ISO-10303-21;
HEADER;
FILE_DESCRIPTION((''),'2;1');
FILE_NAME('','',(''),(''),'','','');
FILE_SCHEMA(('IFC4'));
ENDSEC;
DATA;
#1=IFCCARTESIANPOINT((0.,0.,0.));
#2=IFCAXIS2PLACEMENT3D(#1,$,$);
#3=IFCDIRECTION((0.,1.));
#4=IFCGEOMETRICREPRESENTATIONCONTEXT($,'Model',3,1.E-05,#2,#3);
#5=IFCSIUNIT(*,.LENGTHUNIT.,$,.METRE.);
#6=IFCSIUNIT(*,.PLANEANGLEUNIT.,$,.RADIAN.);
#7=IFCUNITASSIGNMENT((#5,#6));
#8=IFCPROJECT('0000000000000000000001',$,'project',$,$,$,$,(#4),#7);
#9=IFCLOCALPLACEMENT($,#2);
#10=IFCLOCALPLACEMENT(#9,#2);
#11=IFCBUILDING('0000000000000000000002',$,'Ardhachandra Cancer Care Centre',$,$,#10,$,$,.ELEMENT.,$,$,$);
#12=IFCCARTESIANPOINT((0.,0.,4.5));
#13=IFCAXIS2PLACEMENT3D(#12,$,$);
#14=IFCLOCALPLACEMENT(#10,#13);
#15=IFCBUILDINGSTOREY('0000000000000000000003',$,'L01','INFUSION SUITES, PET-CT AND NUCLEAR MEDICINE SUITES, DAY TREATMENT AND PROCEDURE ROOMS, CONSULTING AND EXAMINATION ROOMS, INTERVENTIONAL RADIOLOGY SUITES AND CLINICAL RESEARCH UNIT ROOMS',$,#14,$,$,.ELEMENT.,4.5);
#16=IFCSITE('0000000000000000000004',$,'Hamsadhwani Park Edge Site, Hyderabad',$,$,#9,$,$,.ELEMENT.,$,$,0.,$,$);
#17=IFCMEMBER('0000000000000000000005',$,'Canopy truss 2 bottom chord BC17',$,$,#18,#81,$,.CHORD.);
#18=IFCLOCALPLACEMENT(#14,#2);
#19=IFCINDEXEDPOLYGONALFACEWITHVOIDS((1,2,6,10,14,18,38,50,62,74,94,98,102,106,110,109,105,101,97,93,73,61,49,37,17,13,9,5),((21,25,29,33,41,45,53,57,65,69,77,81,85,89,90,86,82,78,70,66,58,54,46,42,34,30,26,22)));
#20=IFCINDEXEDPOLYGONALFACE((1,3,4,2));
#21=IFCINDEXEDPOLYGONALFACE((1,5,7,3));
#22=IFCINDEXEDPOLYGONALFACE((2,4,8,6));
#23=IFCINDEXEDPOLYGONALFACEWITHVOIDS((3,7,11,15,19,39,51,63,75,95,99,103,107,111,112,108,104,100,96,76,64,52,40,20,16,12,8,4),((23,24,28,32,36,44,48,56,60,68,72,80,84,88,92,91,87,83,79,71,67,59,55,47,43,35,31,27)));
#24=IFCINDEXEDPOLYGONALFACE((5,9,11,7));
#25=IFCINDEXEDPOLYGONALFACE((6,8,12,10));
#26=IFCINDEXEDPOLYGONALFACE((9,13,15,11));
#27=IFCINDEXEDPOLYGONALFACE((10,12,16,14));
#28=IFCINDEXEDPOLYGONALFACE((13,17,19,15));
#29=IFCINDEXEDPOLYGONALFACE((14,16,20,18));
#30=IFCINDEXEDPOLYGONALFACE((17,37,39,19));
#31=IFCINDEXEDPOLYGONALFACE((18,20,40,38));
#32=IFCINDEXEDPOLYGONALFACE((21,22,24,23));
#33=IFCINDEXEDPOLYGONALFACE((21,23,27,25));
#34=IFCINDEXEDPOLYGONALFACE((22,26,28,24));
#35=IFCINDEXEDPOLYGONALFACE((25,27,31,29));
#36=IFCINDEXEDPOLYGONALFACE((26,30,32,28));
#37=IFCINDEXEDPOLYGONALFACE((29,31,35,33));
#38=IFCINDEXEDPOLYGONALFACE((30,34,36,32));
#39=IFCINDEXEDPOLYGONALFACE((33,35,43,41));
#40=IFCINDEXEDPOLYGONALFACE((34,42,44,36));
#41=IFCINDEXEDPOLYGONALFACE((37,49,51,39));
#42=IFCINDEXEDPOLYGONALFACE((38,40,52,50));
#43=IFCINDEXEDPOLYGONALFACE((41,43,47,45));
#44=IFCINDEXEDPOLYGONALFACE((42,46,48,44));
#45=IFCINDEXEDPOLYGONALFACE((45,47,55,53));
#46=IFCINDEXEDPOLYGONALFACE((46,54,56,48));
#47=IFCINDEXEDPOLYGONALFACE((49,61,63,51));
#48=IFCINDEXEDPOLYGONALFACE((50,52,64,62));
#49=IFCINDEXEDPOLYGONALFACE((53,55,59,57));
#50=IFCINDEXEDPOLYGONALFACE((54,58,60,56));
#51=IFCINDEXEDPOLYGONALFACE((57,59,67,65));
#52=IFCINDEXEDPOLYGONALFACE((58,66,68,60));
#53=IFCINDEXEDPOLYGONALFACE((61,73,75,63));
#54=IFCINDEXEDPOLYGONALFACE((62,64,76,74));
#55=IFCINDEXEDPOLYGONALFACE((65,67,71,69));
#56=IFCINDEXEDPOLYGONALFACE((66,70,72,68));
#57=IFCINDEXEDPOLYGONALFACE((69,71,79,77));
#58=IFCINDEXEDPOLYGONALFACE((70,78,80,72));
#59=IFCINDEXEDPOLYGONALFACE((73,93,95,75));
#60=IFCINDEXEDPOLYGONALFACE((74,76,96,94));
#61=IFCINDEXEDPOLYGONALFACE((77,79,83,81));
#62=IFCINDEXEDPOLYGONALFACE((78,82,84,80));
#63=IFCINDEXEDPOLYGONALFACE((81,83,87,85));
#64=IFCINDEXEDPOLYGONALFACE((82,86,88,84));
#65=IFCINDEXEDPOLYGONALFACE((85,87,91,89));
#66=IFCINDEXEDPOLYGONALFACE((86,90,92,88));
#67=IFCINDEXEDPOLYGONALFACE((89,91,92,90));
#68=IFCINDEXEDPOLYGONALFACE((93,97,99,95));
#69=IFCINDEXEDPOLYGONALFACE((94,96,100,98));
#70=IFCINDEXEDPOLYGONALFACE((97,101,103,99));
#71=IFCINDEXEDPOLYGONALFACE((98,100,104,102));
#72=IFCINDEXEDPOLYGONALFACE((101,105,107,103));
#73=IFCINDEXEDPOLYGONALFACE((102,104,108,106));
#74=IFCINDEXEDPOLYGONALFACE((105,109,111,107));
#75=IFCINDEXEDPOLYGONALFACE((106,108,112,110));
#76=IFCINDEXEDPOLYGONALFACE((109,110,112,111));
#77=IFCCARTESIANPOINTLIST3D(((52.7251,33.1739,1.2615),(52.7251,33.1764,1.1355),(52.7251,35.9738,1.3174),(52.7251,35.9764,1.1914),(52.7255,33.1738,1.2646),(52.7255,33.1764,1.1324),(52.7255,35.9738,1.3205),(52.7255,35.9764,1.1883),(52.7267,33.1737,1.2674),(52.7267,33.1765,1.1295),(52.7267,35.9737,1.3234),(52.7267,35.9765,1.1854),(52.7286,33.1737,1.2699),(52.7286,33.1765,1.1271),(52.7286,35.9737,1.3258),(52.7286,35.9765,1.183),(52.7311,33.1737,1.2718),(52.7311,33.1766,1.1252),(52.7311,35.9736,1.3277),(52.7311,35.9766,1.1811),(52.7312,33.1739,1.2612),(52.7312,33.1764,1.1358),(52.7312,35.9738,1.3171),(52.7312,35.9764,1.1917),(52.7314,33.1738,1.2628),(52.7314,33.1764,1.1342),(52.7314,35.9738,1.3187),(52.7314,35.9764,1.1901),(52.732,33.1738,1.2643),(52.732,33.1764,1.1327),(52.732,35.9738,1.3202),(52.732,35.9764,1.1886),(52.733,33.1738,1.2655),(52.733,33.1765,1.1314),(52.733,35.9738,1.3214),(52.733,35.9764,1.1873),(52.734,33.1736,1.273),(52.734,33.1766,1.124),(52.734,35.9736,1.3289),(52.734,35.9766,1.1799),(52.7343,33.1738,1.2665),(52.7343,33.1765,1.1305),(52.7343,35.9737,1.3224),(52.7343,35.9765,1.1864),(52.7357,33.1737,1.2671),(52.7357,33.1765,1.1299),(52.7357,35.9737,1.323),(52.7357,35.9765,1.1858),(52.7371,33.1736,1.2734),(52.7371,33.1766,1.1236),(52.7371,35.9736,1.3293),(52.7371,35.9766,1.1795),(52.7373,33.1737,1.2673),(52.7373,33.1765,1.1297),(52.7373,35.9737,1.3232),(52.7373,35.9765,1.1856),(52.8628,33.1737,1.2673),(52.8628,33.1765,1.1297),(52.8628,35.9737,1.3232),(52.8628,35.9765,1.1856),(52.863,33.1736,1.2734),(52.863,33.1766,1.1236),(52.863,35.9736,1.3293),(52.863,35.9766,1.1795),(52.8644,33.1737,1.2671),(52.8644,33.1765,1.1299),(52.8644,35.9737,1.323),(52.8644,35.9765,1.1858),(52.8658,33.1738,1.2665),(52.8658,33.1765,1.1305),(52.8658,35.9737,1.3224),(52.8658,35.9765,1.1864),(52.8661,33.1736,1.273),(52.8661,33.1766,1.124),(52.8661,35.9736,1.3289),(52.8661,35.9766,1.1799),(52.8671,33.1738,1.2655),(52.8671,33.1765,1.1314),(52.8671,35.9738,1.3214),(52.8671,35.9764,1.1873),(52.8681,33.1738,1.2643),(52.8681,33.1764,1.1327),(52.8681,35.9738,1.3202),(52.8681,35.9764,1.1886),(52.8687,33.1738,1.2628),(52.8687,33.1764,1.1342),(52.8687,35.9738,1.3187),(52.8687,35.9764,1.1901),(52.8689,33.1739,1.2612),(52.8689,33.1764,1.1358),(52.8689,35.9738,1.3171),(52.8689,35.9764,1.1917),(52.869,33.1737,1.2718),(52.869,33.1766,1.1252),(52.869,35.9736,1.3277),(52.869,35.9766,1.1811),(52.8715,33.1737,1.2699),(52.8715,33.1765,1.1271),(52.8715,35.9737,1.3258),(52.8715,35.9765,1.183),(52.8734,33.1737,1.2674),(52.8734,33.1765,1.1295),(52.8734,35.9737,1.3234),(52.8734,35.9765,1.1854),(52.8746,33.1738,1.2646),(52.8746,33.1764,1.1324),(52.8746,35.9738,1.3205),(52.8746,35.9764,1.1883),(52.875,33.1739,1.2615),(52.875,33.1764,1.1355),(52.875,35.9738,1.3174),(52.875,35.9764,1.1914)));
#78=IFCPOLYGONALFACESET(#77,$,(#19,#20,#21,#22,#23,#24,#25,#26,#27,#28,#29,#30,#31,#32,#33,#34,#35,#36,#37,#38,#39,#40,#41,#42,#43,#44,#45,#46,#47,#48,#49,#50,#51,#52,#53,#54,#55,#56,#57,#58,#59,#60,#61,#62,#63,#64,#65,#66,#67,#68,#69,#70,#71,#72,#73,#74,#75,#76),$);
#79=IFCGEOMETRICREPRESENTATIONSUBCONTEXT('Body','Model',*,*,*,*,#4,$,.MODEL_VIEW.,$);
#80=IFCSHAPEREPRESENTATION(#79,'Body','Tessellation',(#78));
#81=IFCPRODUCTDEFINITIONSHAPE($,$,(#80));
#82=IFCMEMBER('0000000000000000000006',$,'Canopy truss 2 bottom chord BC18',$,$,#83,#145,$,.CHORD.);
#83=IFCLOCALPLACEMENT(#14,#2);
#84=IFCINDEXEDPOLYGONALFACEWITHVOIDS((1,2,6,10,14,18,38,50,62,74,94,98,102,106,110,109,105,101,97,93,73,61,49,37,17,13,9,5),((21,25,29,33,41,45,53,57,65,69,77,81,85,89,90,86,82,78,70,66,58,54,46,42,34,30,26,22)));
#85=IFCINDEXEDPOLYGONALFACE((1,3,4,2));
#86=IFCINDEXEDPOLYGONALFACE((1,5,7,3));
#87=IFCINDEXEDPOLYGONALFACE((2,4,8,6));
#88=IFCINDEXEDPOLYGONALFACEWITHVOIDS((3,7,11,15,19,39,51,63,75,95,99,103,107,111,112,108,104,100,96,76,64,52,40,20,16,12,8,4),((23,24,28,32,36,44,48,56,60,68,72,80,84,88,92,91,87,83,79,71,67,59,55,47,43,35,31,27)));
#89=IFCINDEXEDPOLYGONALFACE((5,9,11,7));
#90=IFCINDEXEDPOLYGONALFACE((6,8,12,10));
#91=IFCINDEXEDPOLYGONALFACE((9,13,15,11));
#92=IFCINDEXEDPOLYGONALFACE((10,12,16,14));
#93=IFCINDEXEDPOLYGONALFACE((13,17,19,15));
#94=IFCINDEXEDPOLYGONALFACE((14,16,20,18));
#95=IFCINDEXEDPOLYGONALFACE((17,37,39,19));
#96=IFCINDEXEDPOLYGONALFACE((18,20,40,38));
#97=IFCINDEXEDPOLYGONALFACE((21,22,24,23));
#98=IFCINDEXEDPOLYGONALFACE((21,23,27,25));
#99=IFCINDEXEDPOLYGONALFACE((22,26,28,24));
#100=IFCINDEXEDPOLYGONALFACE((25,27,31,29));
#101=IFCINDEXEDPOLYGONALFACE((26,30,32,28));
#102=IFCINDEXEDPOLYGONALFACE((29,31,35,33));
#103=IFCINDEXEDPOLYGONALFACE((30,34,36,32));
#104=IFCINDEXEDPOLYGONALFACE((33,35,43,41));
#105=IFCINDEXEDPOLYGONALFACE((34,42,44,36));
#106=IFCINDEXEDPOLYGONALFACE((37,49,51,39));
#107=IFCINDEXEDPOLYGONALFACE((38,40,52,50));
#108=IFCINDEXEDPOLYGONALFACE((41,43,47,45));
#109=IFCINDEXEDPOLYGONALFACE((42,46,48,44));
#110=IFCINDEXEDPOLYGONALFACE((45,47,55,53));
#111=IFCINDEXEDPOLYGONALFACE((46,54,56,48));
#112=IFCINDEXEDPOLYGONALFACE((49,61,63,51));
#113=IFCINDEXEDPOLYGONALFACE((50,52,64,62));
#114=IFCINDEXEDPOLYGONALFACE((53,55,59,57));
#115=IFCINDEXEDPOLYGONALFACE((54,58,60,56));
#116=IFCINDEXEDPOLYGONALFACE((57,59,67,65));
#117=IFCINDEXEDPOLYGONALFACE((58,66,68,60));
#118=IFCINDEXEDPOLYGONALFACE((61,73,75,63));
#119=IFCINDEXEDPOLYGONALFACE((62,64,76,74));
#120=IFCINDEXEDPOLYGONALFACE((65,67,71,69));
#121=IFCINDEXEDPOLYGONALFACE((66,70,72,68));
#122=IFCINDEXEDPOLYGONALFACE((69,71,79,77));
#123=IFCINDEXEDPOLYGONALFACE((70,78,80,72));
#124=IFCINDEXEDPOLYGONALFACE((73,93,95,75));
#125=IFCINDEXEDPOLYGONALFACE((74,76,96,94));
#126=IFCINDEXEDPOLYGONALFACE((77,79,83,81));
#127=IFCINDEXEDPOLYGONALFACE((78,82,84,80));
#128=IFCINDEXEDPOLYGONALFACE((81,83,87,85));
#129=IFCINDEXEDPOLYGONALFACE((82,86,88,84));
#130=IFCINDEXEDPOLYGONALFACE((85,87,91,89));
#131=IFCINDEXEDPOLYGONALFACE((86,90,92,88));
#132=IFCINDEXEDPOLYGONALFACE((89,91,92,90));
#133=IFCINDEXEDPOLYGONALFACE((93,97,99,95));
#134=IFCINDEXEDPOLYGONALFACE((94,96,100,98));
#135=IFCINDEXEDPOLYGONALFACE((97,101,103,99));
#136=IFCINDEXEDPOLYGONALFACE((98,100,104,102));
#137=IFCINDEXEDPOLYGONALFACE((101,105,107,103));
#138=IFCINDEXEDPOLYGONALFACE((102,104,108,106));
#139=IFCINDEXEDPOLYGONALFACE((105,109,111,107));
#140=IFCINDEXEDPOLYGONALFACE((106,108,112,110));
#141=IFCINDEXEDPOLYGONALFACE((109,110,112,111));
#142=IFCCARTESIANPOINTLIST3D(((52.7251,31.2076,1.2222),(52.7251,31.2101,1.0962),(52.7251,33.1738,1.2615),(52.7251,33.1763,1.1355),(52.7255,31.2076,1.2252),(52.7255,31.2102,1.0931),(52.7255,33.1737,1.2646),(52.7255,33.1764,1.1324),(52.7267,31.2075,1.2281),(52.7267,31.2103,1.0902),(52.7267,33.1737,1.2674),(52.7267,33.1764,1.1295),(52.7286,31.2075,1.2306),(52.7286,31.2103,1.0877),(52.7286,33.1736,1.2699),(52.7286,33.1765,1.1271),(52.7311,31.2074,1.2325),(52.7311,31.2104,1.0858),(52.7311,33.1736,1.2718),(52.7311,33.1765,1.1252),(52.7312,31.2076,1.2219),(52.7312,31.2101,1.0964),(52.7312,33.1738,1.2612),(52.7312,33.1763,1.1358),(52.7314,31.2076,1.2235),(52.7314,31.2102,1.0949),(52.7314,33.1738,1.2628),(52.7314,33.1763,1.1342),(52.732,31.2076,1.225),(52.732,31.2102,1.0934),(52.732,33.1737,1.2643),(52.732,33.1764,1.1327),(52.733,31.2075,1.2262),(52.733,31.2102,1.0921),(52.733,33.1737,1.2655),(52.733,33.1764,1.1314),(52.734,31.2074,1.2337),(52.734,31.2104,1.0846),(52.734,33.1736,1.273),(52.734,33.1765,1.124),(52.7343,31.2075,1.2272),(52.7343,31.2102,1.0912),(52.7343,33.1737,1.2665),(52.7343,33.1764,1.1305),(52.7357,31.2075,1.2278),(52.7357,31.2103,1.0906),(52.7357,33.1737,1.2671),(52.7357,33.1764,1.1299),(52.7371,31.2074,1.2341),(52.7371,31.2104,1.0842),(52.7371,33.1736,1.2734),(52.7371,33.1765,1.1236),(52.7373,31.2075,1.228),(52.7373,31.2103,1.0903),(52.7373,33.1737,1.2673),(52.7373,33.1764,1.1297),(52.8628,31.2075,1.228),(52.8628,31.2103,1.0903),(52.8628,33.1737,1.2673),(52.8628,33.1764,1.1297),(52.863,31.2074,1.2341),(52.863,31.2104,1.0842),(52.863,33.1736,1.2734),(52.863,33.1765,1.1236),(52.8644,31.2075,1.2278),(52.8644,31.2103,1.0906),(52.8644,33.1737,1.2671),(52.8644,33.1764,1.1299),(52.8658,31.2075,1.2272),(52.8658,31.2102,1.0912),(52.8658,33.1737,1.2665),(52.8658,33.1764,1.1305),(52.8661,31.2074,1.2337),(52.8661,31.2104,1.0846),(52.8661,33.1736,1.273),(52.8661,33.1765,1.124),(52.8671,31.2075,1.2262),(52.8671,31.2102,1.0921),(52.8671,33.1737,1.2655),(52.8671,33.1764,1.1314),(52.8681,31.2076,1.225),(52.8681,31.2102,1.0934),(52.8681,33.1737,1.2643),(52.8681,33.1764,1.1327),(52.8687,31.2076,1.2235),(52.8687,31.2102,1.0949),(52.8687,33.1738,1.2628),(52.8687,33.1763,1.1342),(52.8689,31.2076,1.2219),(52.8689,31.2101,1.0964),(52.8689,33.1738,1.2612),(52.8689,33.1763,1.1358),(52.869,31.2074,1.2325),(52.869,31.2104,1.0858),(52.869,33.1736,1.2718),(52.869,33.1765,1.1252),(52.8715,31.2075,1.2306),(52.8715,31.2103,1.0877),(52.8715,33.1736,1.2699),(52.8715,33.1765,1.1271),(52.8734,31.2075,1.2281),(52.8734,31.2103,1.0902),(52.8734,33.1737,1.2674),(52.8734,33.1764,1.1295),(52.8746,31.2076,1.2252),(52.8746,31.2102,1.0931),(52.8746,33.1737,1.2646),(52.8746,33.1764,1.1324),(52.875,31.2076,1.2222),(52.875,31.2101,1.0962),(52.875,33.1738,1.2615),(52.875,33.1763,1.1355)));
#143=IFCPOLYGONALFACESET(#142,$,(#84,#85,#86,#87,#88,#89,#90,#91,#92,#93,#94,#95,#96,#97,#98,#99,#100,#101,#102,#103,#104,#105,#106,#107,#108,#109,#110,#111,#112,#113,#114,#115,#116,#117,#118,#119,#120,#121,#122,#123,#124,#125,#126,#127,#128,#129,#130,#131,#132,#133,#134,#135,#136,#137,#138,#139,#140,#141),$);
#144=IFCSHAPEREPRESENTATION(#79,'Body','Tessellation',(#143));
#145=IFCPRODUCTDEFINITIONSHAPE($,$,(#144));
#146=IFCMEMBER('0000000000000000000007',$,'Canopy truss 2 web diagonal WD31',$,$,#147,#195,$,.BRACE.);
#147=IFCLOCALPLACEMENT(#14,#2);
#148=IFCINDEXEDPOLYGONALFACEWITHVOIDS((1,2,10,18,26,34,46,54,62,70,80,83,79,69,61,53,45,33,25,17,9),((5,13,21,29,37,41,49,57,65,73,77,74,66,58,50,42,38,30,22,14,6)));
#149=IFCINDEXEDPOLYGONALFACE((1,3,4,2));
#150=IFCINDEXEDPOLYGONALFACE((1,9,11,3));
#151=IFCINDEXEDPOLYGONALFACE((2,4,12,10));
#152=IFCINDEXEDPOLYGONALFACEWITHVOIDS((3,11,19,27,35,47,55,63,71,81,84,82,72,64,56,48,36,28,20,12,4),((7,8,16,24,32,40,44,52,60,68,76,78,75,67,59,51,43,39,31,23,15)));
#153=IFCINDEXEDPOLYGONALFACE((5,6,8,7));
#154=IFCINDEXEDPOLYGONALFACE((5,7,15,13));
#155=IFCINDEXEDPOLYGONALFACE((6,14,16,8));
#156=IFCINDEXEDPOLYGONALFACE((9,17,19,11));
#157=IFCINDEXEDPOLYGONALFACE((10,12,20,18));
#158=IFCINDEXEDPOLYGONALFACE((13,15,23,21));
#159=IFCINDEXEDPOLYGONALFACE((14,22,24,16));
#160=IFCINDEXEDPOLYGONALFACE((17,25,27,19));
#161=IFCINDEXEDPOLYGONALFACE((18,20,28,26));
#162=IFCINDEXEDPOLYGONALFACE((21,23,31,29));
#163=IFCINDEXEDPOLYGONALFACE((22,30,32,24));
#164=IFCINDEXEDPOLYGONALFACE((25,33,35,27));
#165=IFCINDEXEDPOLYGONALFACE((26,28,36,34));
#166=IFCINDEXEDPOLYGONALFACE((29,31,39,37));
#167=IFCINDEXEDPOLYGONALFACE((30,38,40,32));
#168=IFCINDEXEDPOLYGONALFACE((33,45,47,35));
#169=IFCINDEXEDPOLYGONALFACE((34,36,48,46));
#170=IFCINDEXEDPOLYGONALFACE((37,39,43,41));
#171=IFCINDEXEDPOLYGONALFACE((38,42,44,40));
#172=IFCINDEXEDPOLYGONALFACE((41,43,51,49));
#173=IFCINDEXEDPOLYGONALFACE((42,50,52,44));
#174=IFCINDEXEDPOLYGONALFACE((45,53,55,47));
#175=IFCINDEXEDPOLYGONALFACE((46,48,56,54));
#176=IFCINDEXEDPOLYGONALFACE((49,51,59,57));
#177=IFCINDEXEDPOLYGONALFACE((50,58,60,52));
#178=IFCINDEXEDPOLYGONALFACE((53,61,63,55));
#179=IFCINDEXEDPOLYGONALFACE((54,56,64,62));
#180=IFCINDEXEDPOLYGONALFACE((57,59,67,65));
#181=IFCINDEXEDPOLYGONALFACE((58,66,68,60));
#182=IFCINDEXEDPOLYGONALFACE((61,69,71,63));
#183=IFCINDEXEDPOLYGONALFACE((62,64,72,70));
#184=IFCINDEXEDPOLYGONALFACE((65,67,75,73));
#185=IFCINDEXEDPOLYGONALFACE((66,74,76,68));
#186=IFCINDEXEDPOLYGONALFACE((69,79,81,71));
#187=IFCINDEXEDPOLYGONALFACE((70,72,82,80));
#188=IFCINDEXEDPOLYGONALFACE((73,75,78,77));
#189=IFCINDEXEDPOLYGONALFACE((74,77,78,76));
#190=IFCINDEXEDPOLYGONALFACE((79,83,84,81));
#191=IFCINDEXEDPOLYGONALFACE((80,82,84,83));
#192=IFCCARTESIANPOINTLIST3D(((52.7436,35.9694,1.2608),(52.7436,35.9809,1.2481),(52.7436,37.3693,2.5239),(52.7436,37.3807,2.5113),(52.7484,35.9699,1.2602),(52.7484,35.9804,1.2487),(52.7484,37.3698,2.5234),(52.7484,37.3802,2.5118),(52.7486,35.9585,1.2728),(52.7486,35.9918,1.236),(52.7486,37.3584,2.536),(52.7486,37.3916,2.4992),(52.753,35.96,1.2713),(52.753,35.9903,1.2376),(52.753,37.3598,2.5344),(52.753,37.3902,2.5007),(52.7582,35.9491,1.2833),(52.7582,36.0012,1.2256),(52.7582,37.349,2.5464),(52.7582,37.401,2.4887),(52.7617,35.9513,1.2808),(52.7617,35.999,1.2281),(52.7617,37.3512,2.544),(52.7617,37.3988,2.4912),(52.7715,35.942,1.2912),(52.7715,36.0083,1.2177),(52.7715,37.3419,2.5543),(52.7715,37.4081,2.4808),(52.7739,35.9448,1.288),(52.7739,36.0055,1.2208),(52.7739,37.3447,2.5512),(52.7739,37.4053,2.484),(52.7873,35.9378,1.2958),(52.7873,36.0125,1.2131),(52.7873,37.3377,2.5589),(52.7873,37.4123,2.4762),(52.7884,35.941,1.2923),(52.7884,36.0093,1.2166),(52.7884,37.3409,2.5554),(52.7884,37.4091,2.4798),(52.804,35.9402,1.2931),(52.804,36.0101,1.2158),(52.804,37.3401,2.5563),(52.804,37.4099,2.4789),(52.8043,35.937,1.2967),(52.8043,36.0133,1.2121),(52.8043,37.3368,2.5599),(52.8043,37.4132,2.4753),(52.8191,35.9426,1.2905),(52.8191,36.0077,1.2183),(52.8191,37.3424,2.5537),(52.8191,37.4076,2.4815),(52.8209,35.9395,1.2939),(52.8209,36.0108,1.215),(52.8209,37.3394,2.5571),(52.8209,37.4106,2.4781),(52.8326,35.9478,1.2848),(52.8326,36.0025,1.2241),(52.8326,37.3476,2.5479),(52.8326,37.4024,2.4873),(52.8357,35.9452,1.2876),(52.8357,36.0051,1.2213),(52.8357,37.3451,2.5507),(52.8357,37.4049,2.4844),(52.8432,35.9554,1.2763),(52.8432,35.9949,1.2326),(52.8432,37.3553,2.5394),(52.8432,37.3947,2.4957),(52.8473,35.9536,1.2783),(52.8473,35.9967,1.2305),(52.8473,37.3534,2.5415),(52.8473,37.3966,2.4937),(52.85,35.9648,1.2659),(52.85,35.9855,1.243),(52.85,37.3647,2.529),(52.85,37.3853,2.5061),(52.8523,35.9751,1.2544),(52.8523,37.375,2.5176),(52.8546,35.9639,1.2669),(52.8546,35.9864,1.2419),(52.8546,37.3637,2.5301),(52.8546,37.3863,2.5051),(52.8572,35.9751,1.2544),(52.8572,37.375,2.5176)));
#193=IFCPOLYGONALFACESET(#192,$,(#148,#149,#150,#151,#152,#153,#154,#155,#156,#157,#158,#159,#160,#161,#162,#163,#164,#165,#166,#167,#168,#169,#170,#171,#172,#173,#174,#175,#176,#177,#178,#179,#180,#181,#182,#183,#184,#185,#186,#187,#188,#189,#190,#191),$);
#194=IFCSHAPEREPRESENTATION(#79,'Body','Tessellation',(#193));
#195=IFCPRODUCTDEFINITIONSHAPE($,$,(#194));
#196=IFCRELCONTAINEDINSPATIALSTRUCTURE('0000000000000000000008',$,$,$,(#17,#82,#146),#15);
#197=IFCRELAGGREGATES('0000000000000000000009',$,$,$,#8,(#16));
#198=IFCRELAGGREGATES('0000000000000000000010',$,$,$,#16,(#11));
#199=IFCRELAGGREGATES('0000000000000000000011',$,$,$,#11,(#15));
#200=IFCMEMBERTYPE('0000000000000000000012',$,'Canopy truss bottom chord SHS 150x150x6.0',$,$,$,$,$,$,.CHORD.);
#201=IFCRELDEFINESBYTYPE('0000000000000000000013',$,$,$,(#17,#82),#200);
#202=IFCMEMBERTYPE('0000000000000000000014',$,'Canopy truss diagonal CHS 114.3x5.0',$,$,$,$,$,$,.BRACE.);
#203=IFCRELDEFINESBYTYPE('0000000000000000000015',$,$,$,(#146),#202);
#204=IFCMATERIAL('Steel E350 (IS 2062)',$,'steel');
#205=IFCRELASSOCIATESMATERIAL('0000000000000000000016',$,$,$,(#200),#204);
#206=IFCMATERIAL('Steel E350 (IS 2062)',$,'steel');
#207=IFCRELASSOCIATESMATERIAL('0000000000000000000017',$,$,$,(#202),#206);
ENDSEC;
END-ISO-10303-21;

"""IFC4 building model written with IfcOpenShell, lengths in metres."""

from ifc_helpers import new_model, si_unit, direction, frame, origin, origin_2d, place, context, subcontext, project, spatial, hollow_rectangle, hollow_circle, extrude, material, material_profile, profile_set, type_object, element, save


model = new_model("IFC4")

# Units and contexts
model_context = context("Model", 3, precision=1e-05, world=origin(), true_north=direction((0.0, 1.0)))
body_context = subcontext(model_context, "Body", "Model", "MODEL_VIEW")
ifc_project = project(units=[si_unit("LENGTHUNIT", "METRE"), si_unit("PLANEANGLEUNIT", "RADIAN")], contexts=[model_context])

# Site, building, storey
site_placement = place(None, origin())
site = spatial("IfcSite", under=ifc_project, at=site_placement, Name="Hamsadhwani Park Edge Site, Hyderabad", CompositionType="ELEMENT", RefElevation=0.0)
building_placement = place(site_placement, origin())
building = spatial("IfcBuilding", under=site, at=building_placement, Name="Ardhachandra Cancer Care Centre", CompositionType="ELEMENT")
storey_placement = place(building_placement, frame((0.0, 0.0, 4.5)))
storey = spatial("IfcBuildingStorey", under=building, at=storey_placement, Name="L01", Description="INFUSION SUITES, PET-CT AND NUCLEAR MEDICINE SUITES, DAY TREATMENT AND PROCEDURE ROOMS, CONSULTING AND EXAMINATION ROOMS, INTERVENTIONAL RADIOLOGY SUITES AND CLINICAL RESEARCH UNIT ROOMS", CompositionType="ELEMENT", Elevation=4.5)

# Members
ifc_material_1 = material(Name="Steel E350 (IS 2062)", Category="steel")
ifc_material_profile_1 = material_profile(ifc_material_1, hollow_rectangle(XDim=0.1499, YDim=0.1499, WallThickness=0.0061, InnerFilletRadius=0.0061, OuterFilletRadius=0.012, at=origin_2d()), Name="SHS 150x150x6.0")
ifc_profile_set_1 = profile_set([ifc_material_profile_1], Name="Steel E350 (IS 2062)")
member_type_1 = type_object("IfcMemberType", Name="Canopy truss bottom chord SHS 150x150x6.0", PredefinedType="CHORD", material=ifc_profile_set_1)
member_1_placement = place(storey_placement, frame((52.8, 35.9751, 1.2544), z_axis=(0.0, -0.999801, -0.019963), x_axis=(1.0, 0.0, 0.0)))
element("IfcMember", 1, at=member_1_placement, inside=storey, type_object=member_type_1, Name="Canopy truss 2 bottom chord BC17", PredefinedType="CHORD", context=body_context, shape_type="SweptSolid", body=[
    extrude(hollow_rectangle(XDim=0.1499, YDim=0.1499, WallThickness=0.0061, InnerFilletRadius=0.0061, OuterFilletRadius=0.012, at=origin_2d()), origin(), (0.0, 0.0, 1.0), 2.8005),
])
member_2_placement = place(storey_placement, frame((52.8, 33.175, 1.1985), z_axis=(0.0, -0.9998, -0.019989), x_axis=(1.0, 0.0, 0.0)))
element("IfcMember", 2, at=member_2_placement, inside=storey, type_object=member_type_1, Name="Canopy truss 2 bottom chord BC18", PredefinedType="CHORD", context=body_context, shape_type="SweptSolid", body=[
    extrude(hollow_rectangle(XDim=0.1499, YDim=0.1499, WallThickness=0.0061, InnerFilletRadius=0.0061, OuterFilletRadius=0.012, at=origin_2d()), origin(), (0.0, 0.0, 1.0), 1.9666),
])
ifc_material_2 = material(Name="Steel E350 (IS 2062)", Category="steel")
ifc_material_profile_2 = material_profile(ifc_material_2, hollow_circle(Radius=0.0571, WallThickness=0.0049, at=origin_2d()), Name="CHS 114.3x5.0")
ifc_profile_set_2 = profile_set([ifc_material_profile_2], Name="Steel E350 (IS 2062)")
member_type_2 = type_object("IfcMemberType", Name="Canopy truss diagonal CHS 114.3x5.0", PredefinedType="BRACE", material=ifc_profile_set_2)
member_3_placement = place(storey_placement, frame((52.8, 37.375, 2.5176), z_axis=(0.0, -0.742431, -0.669923), x_axis=(1.0, 0.0, 0.0)))
element("IfcMember", 3, at=member_3_placement, inside=storey, type_object=member_type_2, Name="Canopy truss 2 web diagonal WD31", PredefinedType="BRACE", context=body_context, shape_type="SweptSolid", body=[
    extrude(hollow_circle(Radius=0.0571, WallThickness=0.0049, at=origin_2d()), origin(), (0.0, 0.0, 1.0), 1.8855),
])

save(model, "model.ifc")
